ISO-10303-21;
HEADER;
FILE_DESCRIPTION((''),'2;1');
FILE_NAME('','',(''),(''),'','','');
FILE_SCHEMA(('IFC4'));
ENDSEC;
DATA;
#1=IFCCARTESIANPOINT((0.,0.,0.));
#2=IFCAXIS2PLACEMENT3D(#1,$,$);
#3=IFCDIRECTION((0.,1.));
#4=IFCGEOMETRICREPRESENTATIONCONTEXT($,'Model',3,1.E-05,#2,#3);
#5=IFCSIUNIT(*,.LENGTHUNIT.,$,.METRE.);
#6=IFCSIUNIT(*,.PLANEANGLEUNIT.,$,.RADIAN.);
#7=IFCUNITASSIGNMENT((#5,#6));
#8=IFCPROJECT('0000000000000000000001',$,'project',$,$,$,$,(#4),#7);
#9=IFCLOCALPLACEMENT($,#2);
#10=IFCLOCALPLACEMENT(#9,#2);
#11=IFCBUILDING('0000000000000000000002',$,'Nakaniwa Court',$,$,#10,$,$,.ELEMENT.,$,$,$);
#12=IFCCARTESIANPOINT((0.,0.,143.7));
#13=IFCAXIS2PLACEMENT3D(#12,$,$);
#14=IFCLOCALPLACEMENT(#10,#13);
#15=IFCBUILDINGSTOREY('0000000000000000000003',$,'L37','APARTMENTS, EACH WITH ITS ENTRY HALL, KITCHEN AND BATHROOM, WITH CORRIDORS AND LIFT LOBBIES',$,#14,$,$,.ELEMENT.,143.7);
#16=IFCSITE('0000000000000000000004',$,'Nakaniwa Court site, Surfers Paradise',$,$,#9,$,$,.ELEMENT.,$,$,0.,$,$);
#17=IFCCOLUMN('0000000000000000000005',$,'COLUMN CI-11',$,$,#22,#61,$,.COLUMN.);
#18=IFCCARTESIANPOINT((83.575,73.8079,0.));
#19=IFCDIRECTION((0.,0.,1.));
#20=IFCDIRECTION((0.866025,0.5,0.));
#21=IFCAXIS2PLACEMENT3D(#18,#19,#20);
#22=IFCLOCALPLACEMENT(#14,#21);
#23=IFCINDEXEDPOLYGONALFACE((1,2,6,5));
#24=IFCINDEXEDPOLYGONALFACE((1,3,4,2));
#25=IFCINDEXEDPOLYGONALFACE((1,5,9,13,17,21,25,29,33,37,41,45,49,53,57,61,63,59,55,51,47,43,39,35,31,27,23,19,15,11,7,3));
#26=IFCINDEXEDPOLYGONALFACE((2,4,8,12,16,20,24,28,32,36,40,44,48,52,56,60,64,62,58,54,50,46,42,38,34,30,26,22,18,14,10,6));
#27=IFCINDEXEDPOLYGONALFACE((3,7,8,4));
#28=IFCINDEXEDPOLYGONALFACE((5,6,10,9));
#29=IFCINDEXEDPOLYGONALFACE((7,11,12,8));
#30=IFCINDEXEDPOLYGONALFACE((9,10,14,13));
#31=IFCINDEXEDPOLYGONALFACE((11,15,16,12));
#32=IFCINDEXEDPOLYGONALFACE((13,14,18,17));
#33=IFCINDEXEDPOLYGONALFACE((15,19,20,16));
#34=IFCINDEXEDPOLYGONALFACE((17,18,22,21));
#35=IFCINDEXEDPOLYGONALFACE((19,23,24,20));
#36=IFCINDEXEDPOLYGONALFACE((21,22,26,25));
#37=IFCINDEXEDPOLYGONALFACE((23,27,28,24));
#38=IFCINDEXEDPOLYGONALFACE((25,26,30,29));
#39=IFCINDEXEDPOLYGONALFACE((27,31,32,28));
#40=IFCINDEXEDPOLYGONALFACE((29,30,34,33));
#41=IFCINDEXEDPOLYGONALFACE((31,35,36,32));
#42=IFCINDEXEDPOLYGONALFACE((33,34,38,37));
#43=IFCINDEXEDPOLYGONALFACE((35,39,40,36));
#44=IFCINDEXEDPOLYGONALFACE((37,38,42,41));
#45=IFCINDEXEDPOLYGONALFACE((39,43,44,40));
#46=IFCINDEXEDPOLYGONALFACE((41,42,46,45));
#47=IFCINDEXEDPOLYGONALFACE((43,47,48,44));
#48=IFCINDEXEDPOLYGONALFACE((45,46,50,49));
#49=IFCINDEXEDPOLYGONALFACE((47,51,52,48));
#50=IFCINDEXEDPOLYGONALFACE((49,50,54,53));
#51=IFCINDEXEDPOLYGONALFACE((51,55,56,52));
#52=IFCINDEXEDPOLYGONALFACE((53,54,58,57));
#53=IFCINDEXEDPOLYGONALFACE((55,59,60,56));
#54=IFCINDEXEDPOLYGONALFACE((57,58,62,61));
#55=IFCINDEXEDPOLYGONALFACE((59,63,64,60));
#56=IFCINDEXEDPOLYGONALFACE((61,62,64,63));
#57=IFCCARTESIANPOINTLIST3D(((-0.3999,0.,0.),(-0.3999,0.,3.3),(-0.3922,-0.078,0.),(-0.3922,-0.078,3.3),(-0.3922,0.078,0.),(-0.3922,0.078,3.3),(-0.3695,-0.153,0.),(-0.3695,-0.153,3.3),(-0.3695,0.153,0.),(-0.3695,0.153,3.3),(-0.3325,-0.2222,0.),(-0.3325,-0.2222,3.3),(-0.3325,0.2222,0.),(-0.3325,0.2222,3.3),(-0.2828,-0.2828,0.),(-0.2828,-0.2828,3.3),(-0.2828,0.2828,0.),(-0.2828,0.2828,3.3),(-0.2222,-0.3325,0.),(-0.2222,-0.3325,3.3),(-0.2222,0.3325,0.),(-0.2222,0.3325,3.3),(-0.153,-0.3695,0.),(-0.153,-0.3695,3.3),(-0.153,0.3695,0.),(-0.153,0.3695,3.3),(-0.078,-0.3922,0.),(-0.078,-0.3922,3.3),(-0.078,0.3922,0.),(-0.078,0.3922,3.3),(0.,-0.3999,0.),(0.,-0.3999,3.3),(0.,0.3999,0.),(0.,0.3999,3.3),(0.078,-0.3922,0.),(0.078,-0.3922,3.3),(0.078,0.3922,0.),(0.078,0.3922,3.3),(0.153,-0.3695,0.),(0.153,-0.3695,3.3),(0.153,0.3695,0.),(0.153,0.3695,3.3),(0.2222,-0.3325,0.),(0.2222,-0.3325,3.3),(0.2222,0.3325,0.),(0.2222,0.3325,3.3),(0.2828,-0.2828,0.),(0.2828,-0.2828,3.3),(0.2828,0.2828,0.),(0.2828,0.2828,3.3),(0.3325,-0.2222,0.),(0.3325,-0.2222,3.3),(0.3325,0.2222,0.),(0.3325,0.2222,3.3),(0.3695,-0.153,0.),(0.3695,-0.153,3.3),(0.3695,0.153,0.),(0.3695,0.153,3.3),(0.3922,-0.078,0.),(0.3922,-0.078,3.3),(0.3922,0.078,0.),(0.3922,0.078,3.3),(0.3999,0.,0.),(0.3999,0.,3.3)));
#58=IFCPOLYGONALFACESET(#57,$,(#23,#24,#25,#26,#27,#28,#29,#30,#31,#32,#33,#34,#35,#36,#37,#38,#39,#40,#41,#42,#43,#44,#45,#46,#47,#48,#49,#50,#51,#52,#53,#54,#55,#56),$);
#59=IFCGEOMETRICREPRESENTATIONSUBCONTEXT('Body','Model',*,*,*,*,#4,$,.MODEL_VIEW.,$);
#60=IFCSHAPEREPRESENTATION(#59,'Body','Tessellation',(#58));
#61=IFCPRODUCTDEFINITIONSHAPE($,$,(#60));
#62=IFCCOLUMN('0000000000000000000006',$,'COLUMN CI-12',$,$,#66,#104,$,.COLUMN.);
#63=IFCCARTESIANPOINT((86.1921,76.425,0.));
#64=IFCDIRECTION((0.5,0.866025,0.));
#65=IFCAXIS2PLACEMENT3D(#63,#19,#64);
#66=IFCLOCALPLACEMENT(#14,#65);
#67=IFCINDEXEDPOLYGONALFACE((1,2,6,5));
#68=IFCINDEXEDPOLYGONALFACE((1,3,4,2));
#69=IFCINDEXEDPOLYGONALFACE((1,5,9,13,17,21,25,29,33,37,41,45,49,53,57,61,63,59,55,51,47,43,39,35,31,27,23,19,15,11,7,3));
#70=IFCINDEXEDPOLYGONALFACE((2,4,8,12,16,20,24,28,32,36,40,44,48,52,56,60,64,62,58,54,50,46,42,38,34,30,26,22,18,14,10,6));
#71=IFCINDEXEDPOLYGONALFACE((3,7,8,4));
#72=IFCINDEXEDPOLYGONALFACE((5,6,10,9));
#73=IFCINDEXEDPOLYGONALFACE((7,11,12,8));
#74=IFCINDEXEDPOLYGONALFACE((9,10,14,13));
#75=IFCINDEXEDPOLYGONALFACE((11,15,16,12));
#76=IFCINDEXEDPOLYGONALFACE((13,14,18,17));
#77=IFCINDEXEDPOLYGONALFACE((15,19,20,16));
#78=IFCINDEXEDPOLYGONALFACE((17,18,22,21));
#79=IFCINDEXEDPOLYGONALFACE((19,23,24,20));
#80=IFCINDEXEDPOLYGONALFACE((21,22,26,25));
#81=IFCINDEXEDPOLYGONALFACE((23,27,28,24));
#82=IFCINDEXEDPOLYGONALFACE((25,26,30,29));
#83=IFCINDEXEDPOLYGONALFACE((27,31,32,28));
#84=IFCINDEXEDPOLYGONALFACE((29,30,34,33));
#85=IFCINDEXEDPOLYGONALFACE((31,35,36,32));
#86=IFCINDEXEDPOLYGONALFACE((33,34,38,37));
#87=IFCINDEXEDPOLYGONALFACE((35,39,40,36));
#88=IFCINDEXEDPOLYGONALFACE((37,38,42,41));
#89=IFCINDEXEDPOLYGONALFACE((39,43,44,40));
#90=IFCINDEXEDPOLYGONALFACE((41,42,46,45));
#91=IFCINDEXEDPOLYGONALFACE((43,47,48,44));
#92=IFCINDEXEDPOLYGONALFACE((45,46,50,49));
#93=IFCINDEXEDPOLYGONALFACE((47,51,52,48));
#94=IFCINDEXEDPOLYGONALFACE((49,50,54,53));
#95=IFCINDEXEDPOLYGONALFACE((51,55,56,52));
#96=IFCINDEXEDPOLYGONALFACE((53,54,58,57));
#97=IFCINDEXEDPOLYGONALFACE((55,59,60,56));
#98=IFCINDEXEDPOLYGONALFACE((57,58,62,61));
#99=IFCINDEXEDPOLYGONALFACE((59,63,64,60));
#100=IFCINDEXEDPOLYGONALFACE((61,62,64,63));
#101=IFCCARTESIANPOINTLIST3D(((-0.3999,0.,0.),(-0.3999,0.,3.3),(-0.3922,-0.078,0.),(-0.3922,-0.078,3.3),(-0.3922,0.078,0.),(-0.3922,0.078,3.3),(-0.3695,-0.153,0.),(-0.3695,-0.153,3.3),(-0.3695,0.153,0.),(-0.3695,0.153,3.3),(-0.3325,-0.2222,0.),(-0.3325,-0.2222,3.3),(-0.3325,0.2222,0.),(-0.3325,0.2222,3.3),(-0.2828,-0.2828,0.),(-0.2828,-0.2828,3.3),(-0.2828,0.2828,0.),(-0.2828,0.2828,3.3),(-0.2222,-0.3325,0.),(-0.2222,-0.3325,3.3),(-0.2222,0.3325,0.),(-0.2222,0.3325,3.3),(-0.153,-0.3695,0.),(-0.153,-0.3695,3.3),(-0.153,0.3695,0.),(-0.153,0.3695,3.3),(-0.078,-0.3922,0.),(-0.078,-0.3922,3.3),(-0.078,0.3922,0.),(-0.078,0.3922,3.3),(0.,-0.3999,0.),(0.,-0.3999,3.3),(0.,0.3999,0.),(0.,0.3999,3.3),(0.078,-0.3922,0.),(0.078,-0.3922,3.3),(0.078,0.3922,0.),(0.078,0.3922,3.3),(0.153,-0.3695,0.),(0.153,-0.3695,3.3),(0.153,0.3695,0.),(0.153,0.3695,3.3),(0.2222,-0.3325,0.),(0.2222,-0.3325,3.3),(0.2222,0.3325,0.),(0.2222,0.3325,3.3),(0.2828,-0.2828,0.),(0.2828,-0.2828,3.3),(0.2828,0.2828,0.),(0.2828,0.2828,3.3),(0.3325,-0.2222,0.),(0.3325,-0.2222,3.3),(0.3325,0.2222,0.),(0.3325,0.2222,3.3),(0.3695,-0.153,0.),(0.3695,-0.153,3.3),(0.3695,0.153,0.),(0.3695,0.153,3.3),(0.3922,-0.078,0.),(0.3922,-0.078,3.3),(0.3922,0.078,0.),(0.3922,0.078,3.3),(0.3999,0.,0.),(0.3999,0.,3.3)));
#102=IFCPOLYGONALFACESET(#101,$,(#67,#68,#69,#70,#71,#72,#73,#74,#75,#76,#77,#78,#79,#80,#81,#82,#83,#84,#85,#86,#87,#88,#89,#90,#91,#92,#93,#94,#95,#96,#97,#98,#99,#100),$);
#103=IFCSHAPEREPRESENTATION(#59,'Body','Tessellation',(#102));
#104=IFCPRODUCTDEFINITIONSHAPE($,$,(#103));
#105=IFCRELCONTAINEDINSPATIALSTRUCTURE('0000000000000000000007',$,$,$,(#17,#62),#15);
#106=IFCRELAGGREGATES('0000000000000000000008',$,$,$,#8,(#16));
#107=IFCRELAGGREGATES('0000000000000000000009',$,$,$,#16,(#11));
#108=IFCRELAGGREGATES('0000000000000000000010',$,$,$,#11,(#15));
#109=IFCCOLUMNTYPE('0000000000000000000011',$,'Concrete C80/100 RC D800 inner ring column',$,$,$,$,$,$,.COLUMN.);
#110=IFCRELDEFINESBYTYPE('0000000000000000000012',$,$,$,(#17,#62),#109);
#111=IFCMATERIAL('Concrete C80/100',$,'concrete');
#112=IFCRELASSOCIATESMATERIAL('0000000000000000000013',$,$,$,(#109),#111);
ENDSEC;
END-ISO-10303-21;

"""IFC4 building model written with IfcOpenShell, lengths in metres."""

from ifc_helpers import new_model, si_unit, direction, frame, origin, origin_2d, place, context, subcontext, project, spatial, circle, extrude, material, material_profile, profile_set, type_object, element, save


model = new_model("IFC4")

# Units and contexts
model_context = context("Model", 3, precision=1e-05, world=origin(), true_north=direction((0.0, 1.0)))
body_context = subcontext(model_context, "Body", "Model", "MODEL_VIEW")
ifc_project = project(units=[si_unit("LENGTHUNIT", "METRE"), si_unit("PLANEANGLEUNIT", "RADIAN")], contexts=[model_context])

# Site, building, storey
site_placement = place(None, origin())
site = spatial("IfcSite", under=ifc_project, at=site_placement, Name="Nakaniwa Court site, Surfers Paradise", CompositionType="ELEMENT", RefElevation=0.0)
building_placement = place(site_placement, origin())
building = spatial("IfcBuilding", under=site, at=building_placement, Name="Nakaniwa Court", CompositionType="ELEMENT")
storey_placement = place(building_placement, frame((0.0, 0.0, 143.7)))
storey = spatial("IfcBuildingStorey", under=building, at=storey_placement, Name="L37", Description="APARTMENTS, EACH WITH ITS ENTRY HALL, KITCHEN AND BATHROOM, WITH CORRIDORS AND LIFT LOBBIES", CompositionType="ELEMENT", Elevation=143.7)

# Columns
ifc_material_1 = material(Name="Concrete C80/100", Category="concrete")
ifc_material_profile_1 = material_profile(ifc_material_1, circle(Radius=0.3999, at=origin_2d()), Name="Concrete C80/100 RC D800 inner ring column")
ifc_profile_set_1 = profile_set([ifc_material_profile_1], Name="Concrete C80/100")
column_type = type_object("IfcColumnType", Name="Concrete C80/100 RC D800 inner ring column", PredefinedType="COLUMN", material=ifc_profile_set_1)
for number, where, z_axis, x_axis, name in (
    (1, (83.575, 73.8079, 0.0), (0.0, 0.0, 1.0), (0.866025, 0.5, 0.0), "COLUMN CI-11"),
    (2, (86.1921, 76.425, 0.0), (0.0, 0.0, 1.0), (0.5, 0.866025, 0.0), "COLUMN CI-12"),
):
    element("IfcColumn", number, at=place(storey_placement, frame(where, z_axis=z_axis, x_axis=x_axis)), inside=storey, type_object=column_type, Name=name, PredefinedType="COLUMN", context=body_context, shape_type="SweptSolid", body=[
        extrude(circle(Radius=0.3999, at=origin_2d()), origin(), (0.0, 0.0, 1.0), 3.3),
    ])

save(model, "model.ifc")
